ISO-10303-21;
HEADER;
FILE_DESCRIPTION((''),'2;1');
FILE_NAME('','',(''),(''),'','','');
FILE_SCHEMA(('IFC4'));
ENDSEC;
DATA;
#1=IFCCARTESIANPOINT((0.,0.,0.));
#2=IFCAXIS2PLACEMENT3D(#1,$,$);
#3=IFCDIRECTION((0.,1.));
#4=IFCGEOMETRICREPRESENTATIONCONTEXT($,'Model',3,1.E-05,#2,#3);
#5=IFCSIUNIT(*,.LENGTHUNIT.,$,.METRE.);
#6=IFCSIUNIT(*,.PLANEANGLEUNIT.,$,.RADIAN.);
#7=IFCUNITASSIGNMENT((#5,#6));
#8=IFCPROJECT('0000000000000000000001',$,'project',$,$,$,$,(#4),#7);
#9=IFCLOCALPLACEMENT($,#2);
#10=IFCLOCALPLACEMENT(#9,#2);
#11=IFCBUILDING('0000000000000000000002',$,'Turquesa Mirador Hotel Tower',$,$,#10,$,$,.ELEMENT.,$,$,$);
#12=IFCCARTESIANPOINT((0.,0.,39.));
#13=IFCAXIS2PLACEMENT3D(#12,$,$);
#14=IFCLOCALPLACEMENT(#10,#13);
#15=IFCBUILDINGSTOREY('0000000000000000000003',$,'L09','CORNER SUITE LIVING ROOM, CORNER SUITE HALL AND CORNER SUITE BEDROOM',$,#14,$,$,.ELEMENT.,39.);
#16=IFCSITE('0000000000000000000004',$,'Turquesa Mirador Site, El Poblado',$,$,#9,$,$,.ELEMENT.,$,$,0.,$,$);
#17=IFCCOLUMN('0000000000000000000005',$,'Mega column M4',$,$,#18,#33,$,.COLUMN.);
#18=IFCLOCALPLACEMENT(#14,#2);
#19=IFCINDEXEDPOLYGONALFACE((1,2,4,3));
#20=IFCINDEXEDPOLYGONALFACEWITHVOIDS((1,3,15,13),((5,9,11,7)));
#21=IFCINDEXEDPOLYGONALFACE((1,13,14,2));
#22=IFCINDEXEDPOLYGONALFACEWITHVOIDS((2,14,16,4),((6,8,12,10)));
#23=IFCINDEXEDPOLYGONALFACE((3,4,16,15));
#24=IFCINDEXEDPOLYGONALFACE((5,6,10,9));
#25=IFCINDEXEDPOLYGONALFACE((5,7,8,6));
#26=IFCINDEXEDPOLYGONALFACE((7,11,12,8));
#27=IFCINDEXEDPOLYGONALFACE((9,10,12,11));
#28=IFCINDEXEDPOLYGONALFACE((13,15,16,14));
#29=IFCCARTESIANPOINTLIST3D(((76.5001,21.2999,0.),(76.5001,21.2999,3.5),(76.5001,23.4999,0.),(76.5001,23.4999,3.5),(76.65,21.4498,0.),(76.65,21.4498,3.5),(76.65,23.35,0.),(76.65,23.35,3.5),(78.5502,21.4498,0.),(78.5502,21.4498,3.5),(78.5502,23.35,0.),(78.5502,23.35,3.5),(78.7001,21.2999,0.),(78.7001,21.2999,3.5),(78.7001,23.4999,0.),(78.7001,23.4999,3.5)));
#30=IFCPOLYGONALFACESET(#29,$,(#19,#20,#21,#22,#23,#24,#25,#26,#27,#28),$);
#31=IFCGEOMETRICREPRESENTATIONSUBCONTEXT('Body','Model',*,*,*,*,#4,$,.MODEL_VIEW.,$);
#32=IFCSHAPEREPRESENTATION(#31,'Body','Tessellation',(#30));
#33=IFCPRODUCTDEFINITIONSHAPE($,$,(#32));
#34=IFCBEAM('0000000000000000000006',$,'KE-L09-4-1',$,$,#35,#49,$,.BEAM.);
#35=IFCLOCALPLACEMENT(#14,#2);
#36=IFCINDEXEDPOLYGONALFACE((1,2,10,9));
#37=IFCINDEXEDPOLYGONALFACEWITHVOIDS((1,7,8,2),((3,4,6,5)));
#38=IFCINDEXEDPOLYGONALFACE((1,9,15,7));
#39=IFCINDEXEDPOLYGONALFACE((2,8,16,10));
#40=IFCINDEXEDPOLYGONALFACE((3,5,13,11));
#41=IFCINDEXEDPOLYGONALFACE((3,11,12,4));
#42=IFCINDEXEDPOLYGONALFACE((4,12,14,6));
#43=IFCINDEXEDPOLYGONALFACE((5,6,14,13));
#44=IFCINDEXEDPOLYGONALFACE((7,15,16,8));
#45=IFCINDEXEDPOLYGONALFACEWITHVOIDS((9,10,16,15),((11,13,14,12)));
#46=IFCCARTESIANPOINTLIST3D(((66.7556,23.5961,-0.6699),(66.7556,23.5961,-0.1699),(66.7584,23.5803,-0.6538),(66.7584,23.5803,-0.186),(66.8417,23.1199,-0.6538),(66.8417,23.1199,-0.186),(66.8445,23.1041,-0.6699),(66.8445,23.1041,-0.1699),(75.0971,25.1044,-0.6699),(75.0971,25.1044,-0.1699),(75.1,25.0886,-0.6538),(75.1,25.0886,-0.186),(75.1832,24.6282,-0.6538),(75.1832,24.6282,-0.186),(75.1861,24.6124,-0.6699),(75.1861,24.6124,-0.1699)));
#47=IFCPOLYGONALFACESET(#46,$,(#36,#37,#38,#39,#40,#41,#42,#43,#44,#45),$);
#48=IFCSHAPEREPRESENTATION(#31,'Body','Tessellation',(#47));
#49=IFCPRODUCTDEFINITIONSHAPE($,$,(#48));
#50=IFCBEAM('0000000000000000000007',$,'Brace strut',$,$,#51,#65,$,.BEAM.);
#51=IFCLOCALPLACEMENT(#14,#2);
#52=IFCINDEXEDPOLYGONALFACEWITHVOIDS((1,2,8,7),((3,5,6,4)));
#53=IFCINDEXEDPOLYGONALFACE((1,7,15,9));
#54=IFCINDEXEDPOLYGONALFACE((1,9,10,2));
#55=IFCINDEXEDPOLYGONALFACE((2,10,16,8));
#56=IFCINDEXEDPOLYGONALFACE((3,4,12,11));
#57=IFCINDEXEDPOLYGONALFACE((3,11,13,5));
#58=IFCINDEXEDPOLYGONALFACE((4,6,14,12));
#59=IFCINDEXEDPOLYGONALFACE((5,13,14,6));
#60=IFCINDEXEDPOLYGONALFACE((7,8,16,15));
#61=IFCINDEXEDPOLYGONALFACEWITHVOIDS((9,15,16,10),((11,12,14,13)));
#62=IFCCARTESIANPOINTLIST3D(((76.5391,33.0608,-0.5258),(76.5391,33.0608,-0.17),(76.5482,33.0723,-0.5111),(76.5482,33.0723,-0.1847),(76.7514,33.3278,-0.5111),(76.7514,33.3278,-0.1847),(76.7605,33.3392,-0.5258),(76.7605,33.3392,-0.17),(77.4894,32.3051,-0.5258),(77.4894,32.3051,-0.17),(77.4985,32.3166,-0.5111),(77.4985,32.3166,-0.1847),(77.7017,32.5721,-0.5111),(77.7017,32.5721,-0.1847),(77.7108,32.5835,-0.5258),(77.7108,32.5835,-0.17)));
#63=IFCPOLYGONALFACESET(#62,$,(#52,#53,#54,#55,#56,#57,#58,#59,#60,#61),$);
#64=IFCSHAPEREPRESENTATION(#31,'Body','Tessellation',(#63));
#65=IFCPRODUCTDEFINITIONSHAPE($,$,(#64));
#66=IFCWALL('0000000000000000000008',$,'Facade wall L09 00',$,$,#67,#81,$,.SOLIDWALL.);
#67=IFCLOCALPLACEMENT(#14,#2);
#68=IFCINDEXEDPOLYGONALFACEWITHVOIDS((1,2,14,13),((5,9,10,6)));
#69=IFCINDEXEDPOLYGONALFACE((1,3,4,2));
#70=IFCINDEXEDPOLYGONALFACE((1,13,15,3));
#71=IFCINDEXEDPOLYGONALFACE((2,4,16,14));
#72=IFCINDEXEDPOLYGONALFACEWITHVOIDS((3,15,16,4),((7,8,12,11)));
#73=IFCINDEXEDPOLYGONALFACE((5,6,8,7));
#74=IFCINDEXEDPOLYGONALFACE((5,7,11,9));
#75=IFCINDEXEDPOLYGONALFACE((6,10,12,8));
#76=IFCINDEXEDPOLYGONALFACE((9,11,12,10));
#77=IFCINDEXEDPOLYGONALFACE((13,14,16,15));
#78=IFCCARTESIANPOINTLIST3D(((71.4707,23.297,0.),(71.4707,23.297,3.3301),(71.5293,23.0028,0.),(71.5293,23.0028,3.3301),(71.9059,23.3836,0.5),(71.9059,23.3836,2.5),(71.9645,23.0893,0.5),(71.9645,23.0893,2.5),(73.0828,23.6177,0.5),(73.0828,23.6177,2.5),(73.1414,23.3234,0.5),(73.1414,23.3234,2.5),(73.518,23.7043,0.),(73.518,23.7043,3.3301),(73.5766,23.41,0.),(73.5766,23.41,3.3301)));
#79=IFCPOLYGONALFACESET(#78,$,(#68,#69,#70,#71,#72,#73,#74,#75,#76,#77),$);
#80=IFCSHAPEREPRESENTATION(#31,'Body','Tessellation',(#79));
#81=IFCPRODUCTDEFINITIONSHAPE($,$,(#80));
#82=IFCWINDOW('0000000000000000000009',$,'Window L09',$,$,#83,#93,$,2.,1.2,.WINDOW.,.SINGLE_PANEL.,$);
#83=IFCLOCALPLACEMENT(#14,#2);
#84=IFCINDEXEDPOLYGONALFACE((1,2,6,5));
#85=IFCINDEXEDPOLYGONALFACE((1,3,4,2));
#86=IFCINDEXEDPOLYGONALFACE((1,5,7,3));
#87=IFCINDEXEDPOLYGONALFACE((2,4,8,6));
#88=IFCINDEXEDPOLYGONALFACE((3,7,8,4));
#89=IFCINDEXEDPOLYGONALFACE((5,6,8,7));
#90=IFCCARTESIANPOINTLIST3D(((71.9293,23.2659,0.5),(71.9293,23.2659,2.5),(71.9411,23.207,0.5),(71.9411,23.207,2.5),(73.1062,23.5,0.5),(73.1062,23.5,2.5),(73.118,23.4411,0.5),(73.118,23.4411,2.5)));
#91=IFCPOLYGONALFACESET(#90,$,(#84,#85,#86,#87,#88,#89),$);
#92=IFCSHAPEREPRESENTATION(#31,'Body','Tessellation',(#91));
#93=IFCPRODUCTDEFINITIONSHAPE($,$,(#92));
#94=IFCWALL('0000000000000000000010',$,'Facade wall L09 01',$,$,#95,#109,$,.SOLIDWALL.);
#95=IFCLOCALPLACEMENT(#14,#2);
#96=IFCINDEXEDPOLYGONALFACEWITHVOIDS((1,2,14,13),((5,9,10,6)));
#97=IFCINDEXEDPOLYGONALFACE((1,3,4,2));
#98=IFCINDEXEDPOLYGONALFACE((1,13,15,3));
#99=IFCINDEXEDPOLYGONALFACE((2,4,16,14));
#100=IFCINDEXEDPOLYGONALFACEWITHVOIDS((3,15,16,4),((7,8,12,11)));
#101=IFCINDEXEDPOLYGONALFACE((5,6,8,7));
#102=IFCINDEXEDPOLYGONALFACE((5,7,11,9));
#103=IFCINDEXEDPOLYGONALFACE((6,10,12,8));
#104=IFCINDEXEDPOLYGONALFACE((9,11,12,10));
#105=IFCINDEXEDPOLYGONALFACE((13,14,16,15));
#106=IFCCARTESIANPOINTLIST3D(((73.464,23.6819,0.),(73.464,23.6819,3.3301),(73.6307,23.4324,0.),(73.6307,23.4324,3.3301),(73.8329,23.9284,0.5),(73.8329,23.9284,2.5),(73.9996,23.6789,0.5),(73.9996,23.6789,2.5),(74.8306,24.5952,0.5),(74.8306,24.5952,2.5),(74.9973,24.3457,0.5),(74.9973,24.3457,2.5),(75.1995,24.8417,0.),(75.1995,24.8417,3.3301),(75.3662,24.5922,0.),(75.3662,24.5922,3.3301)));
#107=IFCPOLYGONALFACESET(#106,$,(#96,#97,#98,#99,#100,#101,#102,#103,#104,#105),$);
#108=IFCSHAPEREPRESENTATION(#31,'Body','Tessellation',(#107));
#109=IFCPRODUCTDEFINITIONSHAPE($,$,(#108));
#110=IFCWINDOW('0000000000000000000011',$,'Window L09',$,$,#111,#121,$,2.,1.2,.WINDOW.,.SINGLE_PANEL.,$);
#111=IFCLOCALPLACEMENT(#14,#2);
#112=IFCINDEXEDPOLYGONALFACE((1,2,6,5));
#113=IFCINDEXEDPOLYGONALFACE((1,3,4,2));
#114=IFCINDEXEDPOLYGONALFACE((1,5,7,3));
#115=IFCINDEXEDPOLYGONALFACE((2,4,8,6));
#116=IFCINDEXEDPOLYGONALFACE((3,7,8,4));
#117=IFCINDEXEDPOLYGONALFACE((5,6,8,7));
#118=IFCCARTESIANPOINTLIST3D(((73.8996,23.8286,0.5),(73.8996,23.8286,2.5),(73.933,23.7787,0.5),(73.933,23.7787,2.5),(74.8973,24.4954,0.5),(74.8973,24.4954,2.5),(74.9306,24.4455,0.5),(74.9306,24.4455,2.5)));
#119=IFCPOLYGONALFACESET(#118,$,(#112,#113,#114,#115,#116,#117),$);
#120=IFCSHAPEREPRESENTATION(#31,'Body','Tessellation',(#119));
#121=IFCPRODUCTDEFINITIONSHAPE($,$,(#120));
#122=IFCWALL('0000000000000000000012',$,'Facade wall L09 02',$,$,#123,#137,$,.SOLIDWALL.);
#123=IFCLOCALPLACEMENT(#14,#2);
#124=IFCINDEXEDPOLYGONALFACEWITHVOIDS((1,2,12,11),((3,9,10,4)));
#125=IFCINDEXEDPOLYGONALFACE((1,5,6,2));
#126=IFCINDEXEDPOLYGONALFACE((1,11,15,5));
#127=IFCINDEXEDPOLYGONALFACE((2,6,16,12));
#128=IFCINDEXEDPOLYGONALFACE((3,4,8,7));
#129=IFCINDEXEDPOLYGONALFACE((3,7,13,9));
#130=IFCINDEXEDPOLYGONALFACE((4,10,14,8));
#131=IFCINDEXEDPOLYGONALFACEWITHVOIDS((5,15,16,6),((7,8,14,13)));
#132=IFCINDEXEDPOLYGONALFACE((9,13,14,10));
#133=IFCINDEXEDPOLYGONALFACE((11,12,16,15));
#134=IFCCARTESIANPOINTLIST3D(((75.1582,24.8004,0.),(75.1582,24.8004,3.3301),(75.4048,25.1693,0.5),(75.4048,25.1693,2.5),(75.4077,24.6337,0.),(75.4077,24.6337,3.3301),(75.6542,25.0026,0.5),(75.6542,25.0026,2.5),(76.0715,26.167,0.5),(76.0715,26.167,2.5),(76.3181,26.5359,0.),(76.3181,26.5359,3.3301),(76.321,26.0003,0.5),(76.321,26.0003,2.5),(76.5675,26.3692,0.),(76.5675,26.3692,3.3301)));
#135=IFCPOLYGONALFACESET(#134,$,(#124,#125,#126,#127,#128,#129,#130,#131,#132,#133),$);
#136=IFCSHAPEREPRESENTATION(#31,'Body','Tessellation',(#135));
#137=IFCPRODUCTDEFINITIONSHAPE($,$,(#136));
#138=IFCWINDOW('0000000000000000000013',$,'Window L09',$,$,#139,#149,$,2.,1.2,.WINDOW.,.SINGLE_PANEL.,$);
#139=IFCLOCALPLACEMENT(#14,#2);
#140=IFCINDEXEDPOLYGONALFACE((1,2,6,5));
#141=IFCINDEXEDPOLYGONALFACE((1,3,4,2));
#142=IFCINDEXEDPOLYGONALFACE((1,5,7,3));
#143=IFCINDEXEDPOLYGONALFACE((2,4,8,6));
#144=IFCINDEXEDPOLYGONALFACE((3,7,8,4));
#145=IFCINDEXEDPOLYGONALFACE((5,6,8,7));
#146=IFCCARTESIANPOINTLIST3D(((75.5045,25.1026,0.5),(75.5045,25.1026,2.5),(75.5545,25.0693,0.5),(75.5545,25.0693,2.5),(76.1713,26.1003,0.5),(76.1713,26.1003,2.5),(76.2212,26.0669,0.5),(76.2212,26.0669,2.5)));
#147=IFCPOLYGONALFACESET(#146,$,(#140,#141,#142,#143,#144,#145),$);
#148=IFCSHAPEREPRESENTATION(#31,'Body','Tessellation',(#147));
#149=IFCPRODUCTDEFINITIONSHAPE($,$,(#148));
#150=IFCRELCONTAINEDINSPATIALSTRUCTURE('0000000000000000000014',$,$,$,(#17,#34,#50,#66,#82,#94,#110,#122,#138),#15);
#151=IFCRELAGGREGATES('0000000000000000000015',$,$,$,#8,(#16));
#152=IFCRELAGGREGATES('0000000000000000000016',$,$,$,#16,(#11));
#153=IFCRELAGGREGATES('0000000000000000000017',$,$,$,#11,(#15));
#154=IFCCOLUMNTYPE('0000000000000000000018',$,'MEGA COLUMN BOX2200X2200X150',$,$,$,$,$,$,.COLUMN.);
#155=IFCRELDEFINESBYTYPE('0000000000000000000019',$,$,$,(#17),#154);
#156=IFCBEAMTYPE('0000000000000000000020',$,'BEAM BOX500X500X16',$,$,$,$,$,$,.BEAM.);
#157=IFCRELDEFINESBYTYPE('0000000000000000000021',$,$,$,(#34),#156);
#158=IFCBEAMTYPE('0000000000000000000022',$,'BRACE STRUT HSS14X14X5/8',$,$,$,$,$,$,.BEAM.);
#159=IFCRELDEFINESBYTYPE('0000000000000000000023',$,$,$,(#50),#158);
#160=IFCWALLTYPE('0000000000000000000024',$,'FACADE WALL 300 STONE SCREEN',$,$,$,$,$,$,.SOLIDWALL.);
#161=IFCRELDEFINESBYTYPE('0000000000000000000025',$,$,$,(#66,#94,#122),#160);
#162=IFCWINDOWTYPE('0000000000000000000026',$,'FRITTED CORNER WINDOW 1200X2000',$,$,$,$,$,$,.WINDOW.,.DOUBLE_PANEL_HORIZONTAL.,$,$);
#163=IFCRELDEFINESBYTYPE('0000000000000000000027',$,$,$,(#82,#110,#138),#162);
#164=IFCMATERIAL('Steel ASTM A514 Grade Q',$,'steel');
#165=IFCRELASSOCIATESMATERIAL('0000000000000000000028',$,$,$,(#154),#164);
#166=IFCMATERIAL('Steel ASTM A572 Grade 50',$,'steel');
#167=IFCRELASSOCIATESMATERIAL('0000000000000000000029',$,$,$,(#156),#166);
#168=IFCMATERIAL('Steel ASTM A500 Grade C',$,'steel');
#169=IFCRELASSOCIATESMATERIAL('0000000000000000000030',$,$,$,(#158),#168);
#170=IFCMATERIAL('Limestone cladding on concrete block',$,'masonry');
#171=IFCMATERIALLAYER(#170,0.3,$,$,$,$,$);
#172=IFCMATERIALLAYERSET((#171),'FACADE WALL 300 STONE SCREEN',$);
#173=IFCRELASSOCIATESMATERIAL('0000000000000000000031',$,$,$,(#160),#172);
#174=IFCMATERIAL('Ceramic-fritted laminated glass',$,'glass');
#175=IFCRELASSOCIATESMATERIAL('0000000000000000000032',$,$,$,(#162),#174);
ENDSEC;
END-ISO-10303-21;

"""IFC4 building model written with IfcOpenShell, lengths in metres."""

from ifc_helpers import new_model, si_unit, direction, frame, frame_2d, origin, origin_2d, place, context, subcontext, project, spatial, rectangle, hollow_rectangle, extrude, material, layer, layer_set, material_profile, profile_set, type_object, element, fill, save


model = new_model("IFC4")

# Units and contexts
model_context = context("Model", 3, precision=1e-05, world=origin(), true_north=direction((0.0, 1.0)))
body_context = subcontext(model_context, "Body", "Model", "MODEL_VIEW")
ifc_project = project(units=[si_unit("LENGTHUNIT", "METRE"), si_unit("PLANEANGLEUNIT", "RADIAN")], contexts=[model_context])

# Site, building, storey
site_placement = place(None, origin())
site = spatial("IfcSite", under=ifc_project, at=site_placement, Name="Turquesa Mirador Site, El Poblado", CompositionType="ELEMENT", RefElevation=0.0)
building_placement = place(site_placement, origin())
building = spatial("IfcBuilding", under=site, at=building_placement, Name="Turquesa Mirador Hotel Tower", CompositionType="ELEMENT")
storey_placement = place(building_placement, frame((0.0, 0.0, 39.0)))
storey = spatial("IfcBuildingStorey", under=building, at=storey_placement, Name="L09", Description="CORNER SUITE LIVING ROOM, CORNER SUITE HALL AND CORNER SUITE BEDROOM", CompositionType="ELEMENT", Elevation=39.0)

# Column
ifc_material_1 = material(Name="Steel ASTM A514 Grade Q", Category="steel")
ifc_material_profile_1 = material_profile(ifc_material_1, hollow_rectangle(XDim=2.2, YDim=2.2, WallThickness=0.1499, at=origin_2d()), Name="BOX2200X2200X150")
ifc_profile_set_1 = profile_set([ifc_material_profile_1], Name="Steel ASTM A514 Grade Q")
column_type = type_object("IfcColumnType", Name="MEGA COLUMN BOX2200X2200X150", PredefinedType="COLUMN", material=ifc_profile_set_1)
column_placement = place(storey_placement, frame((77.6001, 22.3999, 0.0), z_axis=(0.0, 0.0, 1.0), x_axis=(1.0, 0.0, 0.0)))
element("IfcColumn", 1, at=column_placement, inside=storey, type_object=column_type, Name="Mega column M4", PredefinedType="COLUMN", context=body_context, shape_type="SweptSolid", body=[
    extrude(hollow_rectangle(XDim=2.2, YDim=2.2, WallThickness=0.1499, at=origin_2d()), origin(), (0.0, 0.0, 1.0), 3.5),
])

# Beams
ifc_material_2 = material(Name="Steel ASTM A572 Grade 50", Category="steel")
ifc_material_profile_2 = material_profile(ifc_material_2, hollow_rectangle(XDim=0.5, YDim=0.5, WallThickness=0.0161, at=origin_2d()), Name="BOX500X500X16")
ifc_profile_set_2 = profile_set([ifc_material_profile_2], Name="Steel ASTM A572 Grade 50")
beam_type_1 = type_object("IfcBeamType", Name="BEAM BOX500X500X16", PredefinedType="BEAM", material=ifc_profile_set_2)
beam_1_placement = place(storey_placement, frame((75.1416, 24.8584, -0.4199), z_axis=(-0.984043, -0.177932, 0.0), x_axis=(0.177932, -0.984043, 0.0)))
element("IfcBeam", 2, at=beam_1_placement, inside=storey, type_object=beam_type_1, Name="KE-L09-4-1", PredefinedType="BEAM", context=body_context, shape_type="SweptSolid", body=[
    extrude(hollow_rectangle(XDim=0.5, YDim=0.5, WallThickness=0.0161, at=origin_2d()), origin(), (0.0, 0.0, 1.0), 8.4768),
])
ifc_material_3 = material(Name="Steel ASTM A500 Grade C", Category="steel")
ifc_material_profile_3 = material_profile(ifc_material_3, hollow_rectangle(XDim=0.3557, YDim=0.3557, WallThickness=0.0146, at=origin_2d()), Name="HSS14X14X5/8")
ifc_profile_set_3 = profile_set([ifc_material_profile_3], Name="Steel ASTM A500 Grade C")
beam_type_2 = type_object("IfcBeamType", Name="BRACE STRUT HSS14X14X5/8", PredefinedType="BEAM", material=ifc_profile_set_3)
beam_2_placement = place(storey_placement, frame((77.6001, 32.4443, -0.3479), z_axis=(-0.78269, 0.622412, 0.0), x_axis=(-0.622412, -0.78269, 0.0)))
element("IfcBeam", 3, at=beam_2_placement, inside=storey, type_object=beam_type_2, Name="Brace strut", PredefinedType="BEAM", context=body_context, shape_type="SweptSolid", body=[
    extrude(hollow_rectangle(XDim=0.3557, YDim=0.3557, WallThickness=0.0146, at=origin_2d()), origin(), (0.0, 0.0, 1.0), 1.2141),
])

# Walls, openings, windows
ifc_material_4 = material(Name="Limestone cladding on concrete block", Category="masonry")
ifc_layer = layer(ifc_material_4, 0.3)
ifc_layer_set = layer_set([ifc_layer], Name="FACADE WALL 300 STONE SCREEN")
wall_type = type_object("IfcWallType", Name="FACADE WALL 300 STONE SCREEN", PredefinedType="SOLIDWALL", material=ifc_layer_set)
wall_1_placement = place(storey_placement, frame((71.5, 23.1499, 0.0), z_axis=(0.0, 0.0, 1.0), x_axis=(0.980787, 0.195081, 0.0)))
wall_1 = element("IfcWall", 4, at=wall_1_placement, inside=storey, type_object=wall_type, Name="Facade wall L09 00", PredefinedType="SOLIDWALL", context=body_context, shape_type="SweptSolid", body=[
    extrude(rectangle(XDim=2.0874, YDim=0.3, at=frame_2d((1.0437, 0.0))), origin(), (0.0, 0.0, 1.0), 3.3301),
])
opening_1_placement = place(wall_1_placement, frame((0.4436, 0.0, 0.5)))
opening_1 = element("IfcOpeningElement", 5, at=opening_1_placement, cuts=wall_1, PredefinedType="OPENING", context=body_context, shape_type="SweptSolid", body=[
    extrude(rectangle(XDim=1.2, YDim=2.0, at=frame_2d((0.6001, 1.0))), frame((0.0, 0.1599, 0.0), z_axis=(0.0, -1.0, 0.0), x_axis=(1.0, 0.0, 0.0)), (0.0, 0.0, 1.0), 0.3201),
])
ifc_material_5 = material(Name="Ceramic-fritted laminated glass", Category="glass")
window_type_1 = type_object("IfcWindowType", Name="FRITTED CORNER WINDOW 1200X2000", PartitioningType="DOUBLE_PANEL_HORIZONTAL", PredefinedType="WINDOW", material=ifc_material_5)
window_1_placement = place(opening_1_placement, origin())
window_1 = element("IfcWindow", 6, at=window_1_placement, inside=storey, type_object=window_type_1, Name="Window L09", OverallHeight=2.0, OverallWidth=1.2, PartitioningType="SINGLE_PANEL", PredefinedType="WINDOW", context=body_context, shape_type="SweptSolid", body=[
    extrude(rectangle(XDim=1.2, YDim=2.0, at=frame_2d((0.6001, 1.0))), frame((0.0, 0.03, 0.0), z_axis=(0.0, -1.0, 0.0), x_axis=(1.0, 0.0, 0.0)), (0.0, 0.0, 1.0), 0.0601),
])
fill(opening_1, window_1)
wall_2_placement = place(storey_placement, frame((73.5474, 23.5571, 0.0), z_axis=(0.0, 0.0, 1.0), x_axis=(0.83142, 0.555644, 0.0)))
wall_2 = element("IfcWall", 7, at=wall_2_placement, inside=storey, type_object=wall_type, Name="Facade wall L09 01", PredefinedType="SOLIDWALL", context=body_context, shape_type="SweptSolid", body=[
    extrude(rectangle(XDim=2.0874, YDim=0.3, at=frame_2d((1.0437, 0.0))), origin(), (0.0, 0.0, 1.0), 3.3301),
])
opening_2_placement = place(wall_2_placement, frame((0.4436, 0.0, 0.5)))
opening_2 = element("IfcOpeningElement", 8, at=opening_2_placement, cuts=wall_2, PredefinedType="OPENING", context=body_context, shape_type="SweptSolid", body=[
    extrude(rectangle(XDim=1.2, YDim=2.0, at=frame_2d((0.6001, 1.0))), frame((0.0, 0.1599, 0.0), z_axis=(0.0, -1.0, 0.0), x_axis=(1.0, 0.0, 0.0)), (0.0, 0.0, 1.0), 0.3201),
])
window_2_placement = place(opening_2_placement, origin())
window_2 = element("IfcWindow", 9, at=window_2_placement, inside=storey, type_object=window_type_1, Name="Window L09", OverallHeight=2.0, OverallWidth=1.2, PartitioningType="SINGLE_PANEL", PredefinedType="WINDOW", context=body_context, shape_type="SweptSolid", body=[
    extrude(rectangle(XDim=1.2, YDim=2.0, at=frame_2d((0.6001, 1.0))), frame((0.0, 0.03, 0.0), z_axis=(0.0, -1.0, 0.0), x_axis=(1.0, 0.0, 0.0)), (0.0, 0.0, 1.0), 0.0601),
])
fill(opening_2, window_2)
wall_3_placement = place(storey_placement, frame((75.283, 24.717, 0.0), z_axis=(0.0, 0.0, 1.0), x_axis=(0.555644, 0.83142, 0.0)))
wall_3 = element("IfcWall", 10, at=wall_3_placement, inside=storey, type_object=wall_type, Name="Facade wall L09 02", PredefinedType="SOLIDWALL", context=body_context, shape_type="SweptSolid", body=[
    extrude(rectangle(XDim=2.0874, YDim=0.3, at=frame_2d((1.0437, 0.0))), origin(), (0.0, 0.0, 1.0), 3.3301),
])
opening_3_placement = place(wall_3_placement, frame((0.4436, 0.0, 0.5)))
opening_3 = element("IfcOpeningElement", 11, at=opening_3_placement, cuts=wall_3, PredefinedType="OPENING", context=body_context, shape_type="SweptSolid", body=[
    extrude(rectangle(XDim=1.2, YDim=2.0, at=frame_2d((0.6001, 1.0))), frame((0.0, 0.1599, 0.0), z_axis=(0.0, -1.0, 0.0), x_axis=(1.0, 0.0, 0.0)), (0.0, 0.0, 1.0), 0.3201),
])
window_3_placement = place(opening_3_placement, origin())
window_3 = element("IfcWindow", 12, at=window_3_placement, inside=storey, type_object=window_type_1, Name="Window L09", OverallHeight=2.0, OverallWidth=1.2, PartitioningType="SINGLE_PANEL", PredefinedType="WINDOW", context=body_context, shape_type="SweptSolid", body=[
    extrude(rectangle(XDim=1.2, YDim=2.0, at=frame_2d((0.6001, 1.0))), frame((0.0, 0.03, 0.0), z_axis=(0.0, -1.0, 0.0), x_axis=(1.0, 0.0, 0.0)), (0.0, 0.0, 1.0), 0.0601),
])
fill(opening_3, window_3)

save(model, "model.ifc")
